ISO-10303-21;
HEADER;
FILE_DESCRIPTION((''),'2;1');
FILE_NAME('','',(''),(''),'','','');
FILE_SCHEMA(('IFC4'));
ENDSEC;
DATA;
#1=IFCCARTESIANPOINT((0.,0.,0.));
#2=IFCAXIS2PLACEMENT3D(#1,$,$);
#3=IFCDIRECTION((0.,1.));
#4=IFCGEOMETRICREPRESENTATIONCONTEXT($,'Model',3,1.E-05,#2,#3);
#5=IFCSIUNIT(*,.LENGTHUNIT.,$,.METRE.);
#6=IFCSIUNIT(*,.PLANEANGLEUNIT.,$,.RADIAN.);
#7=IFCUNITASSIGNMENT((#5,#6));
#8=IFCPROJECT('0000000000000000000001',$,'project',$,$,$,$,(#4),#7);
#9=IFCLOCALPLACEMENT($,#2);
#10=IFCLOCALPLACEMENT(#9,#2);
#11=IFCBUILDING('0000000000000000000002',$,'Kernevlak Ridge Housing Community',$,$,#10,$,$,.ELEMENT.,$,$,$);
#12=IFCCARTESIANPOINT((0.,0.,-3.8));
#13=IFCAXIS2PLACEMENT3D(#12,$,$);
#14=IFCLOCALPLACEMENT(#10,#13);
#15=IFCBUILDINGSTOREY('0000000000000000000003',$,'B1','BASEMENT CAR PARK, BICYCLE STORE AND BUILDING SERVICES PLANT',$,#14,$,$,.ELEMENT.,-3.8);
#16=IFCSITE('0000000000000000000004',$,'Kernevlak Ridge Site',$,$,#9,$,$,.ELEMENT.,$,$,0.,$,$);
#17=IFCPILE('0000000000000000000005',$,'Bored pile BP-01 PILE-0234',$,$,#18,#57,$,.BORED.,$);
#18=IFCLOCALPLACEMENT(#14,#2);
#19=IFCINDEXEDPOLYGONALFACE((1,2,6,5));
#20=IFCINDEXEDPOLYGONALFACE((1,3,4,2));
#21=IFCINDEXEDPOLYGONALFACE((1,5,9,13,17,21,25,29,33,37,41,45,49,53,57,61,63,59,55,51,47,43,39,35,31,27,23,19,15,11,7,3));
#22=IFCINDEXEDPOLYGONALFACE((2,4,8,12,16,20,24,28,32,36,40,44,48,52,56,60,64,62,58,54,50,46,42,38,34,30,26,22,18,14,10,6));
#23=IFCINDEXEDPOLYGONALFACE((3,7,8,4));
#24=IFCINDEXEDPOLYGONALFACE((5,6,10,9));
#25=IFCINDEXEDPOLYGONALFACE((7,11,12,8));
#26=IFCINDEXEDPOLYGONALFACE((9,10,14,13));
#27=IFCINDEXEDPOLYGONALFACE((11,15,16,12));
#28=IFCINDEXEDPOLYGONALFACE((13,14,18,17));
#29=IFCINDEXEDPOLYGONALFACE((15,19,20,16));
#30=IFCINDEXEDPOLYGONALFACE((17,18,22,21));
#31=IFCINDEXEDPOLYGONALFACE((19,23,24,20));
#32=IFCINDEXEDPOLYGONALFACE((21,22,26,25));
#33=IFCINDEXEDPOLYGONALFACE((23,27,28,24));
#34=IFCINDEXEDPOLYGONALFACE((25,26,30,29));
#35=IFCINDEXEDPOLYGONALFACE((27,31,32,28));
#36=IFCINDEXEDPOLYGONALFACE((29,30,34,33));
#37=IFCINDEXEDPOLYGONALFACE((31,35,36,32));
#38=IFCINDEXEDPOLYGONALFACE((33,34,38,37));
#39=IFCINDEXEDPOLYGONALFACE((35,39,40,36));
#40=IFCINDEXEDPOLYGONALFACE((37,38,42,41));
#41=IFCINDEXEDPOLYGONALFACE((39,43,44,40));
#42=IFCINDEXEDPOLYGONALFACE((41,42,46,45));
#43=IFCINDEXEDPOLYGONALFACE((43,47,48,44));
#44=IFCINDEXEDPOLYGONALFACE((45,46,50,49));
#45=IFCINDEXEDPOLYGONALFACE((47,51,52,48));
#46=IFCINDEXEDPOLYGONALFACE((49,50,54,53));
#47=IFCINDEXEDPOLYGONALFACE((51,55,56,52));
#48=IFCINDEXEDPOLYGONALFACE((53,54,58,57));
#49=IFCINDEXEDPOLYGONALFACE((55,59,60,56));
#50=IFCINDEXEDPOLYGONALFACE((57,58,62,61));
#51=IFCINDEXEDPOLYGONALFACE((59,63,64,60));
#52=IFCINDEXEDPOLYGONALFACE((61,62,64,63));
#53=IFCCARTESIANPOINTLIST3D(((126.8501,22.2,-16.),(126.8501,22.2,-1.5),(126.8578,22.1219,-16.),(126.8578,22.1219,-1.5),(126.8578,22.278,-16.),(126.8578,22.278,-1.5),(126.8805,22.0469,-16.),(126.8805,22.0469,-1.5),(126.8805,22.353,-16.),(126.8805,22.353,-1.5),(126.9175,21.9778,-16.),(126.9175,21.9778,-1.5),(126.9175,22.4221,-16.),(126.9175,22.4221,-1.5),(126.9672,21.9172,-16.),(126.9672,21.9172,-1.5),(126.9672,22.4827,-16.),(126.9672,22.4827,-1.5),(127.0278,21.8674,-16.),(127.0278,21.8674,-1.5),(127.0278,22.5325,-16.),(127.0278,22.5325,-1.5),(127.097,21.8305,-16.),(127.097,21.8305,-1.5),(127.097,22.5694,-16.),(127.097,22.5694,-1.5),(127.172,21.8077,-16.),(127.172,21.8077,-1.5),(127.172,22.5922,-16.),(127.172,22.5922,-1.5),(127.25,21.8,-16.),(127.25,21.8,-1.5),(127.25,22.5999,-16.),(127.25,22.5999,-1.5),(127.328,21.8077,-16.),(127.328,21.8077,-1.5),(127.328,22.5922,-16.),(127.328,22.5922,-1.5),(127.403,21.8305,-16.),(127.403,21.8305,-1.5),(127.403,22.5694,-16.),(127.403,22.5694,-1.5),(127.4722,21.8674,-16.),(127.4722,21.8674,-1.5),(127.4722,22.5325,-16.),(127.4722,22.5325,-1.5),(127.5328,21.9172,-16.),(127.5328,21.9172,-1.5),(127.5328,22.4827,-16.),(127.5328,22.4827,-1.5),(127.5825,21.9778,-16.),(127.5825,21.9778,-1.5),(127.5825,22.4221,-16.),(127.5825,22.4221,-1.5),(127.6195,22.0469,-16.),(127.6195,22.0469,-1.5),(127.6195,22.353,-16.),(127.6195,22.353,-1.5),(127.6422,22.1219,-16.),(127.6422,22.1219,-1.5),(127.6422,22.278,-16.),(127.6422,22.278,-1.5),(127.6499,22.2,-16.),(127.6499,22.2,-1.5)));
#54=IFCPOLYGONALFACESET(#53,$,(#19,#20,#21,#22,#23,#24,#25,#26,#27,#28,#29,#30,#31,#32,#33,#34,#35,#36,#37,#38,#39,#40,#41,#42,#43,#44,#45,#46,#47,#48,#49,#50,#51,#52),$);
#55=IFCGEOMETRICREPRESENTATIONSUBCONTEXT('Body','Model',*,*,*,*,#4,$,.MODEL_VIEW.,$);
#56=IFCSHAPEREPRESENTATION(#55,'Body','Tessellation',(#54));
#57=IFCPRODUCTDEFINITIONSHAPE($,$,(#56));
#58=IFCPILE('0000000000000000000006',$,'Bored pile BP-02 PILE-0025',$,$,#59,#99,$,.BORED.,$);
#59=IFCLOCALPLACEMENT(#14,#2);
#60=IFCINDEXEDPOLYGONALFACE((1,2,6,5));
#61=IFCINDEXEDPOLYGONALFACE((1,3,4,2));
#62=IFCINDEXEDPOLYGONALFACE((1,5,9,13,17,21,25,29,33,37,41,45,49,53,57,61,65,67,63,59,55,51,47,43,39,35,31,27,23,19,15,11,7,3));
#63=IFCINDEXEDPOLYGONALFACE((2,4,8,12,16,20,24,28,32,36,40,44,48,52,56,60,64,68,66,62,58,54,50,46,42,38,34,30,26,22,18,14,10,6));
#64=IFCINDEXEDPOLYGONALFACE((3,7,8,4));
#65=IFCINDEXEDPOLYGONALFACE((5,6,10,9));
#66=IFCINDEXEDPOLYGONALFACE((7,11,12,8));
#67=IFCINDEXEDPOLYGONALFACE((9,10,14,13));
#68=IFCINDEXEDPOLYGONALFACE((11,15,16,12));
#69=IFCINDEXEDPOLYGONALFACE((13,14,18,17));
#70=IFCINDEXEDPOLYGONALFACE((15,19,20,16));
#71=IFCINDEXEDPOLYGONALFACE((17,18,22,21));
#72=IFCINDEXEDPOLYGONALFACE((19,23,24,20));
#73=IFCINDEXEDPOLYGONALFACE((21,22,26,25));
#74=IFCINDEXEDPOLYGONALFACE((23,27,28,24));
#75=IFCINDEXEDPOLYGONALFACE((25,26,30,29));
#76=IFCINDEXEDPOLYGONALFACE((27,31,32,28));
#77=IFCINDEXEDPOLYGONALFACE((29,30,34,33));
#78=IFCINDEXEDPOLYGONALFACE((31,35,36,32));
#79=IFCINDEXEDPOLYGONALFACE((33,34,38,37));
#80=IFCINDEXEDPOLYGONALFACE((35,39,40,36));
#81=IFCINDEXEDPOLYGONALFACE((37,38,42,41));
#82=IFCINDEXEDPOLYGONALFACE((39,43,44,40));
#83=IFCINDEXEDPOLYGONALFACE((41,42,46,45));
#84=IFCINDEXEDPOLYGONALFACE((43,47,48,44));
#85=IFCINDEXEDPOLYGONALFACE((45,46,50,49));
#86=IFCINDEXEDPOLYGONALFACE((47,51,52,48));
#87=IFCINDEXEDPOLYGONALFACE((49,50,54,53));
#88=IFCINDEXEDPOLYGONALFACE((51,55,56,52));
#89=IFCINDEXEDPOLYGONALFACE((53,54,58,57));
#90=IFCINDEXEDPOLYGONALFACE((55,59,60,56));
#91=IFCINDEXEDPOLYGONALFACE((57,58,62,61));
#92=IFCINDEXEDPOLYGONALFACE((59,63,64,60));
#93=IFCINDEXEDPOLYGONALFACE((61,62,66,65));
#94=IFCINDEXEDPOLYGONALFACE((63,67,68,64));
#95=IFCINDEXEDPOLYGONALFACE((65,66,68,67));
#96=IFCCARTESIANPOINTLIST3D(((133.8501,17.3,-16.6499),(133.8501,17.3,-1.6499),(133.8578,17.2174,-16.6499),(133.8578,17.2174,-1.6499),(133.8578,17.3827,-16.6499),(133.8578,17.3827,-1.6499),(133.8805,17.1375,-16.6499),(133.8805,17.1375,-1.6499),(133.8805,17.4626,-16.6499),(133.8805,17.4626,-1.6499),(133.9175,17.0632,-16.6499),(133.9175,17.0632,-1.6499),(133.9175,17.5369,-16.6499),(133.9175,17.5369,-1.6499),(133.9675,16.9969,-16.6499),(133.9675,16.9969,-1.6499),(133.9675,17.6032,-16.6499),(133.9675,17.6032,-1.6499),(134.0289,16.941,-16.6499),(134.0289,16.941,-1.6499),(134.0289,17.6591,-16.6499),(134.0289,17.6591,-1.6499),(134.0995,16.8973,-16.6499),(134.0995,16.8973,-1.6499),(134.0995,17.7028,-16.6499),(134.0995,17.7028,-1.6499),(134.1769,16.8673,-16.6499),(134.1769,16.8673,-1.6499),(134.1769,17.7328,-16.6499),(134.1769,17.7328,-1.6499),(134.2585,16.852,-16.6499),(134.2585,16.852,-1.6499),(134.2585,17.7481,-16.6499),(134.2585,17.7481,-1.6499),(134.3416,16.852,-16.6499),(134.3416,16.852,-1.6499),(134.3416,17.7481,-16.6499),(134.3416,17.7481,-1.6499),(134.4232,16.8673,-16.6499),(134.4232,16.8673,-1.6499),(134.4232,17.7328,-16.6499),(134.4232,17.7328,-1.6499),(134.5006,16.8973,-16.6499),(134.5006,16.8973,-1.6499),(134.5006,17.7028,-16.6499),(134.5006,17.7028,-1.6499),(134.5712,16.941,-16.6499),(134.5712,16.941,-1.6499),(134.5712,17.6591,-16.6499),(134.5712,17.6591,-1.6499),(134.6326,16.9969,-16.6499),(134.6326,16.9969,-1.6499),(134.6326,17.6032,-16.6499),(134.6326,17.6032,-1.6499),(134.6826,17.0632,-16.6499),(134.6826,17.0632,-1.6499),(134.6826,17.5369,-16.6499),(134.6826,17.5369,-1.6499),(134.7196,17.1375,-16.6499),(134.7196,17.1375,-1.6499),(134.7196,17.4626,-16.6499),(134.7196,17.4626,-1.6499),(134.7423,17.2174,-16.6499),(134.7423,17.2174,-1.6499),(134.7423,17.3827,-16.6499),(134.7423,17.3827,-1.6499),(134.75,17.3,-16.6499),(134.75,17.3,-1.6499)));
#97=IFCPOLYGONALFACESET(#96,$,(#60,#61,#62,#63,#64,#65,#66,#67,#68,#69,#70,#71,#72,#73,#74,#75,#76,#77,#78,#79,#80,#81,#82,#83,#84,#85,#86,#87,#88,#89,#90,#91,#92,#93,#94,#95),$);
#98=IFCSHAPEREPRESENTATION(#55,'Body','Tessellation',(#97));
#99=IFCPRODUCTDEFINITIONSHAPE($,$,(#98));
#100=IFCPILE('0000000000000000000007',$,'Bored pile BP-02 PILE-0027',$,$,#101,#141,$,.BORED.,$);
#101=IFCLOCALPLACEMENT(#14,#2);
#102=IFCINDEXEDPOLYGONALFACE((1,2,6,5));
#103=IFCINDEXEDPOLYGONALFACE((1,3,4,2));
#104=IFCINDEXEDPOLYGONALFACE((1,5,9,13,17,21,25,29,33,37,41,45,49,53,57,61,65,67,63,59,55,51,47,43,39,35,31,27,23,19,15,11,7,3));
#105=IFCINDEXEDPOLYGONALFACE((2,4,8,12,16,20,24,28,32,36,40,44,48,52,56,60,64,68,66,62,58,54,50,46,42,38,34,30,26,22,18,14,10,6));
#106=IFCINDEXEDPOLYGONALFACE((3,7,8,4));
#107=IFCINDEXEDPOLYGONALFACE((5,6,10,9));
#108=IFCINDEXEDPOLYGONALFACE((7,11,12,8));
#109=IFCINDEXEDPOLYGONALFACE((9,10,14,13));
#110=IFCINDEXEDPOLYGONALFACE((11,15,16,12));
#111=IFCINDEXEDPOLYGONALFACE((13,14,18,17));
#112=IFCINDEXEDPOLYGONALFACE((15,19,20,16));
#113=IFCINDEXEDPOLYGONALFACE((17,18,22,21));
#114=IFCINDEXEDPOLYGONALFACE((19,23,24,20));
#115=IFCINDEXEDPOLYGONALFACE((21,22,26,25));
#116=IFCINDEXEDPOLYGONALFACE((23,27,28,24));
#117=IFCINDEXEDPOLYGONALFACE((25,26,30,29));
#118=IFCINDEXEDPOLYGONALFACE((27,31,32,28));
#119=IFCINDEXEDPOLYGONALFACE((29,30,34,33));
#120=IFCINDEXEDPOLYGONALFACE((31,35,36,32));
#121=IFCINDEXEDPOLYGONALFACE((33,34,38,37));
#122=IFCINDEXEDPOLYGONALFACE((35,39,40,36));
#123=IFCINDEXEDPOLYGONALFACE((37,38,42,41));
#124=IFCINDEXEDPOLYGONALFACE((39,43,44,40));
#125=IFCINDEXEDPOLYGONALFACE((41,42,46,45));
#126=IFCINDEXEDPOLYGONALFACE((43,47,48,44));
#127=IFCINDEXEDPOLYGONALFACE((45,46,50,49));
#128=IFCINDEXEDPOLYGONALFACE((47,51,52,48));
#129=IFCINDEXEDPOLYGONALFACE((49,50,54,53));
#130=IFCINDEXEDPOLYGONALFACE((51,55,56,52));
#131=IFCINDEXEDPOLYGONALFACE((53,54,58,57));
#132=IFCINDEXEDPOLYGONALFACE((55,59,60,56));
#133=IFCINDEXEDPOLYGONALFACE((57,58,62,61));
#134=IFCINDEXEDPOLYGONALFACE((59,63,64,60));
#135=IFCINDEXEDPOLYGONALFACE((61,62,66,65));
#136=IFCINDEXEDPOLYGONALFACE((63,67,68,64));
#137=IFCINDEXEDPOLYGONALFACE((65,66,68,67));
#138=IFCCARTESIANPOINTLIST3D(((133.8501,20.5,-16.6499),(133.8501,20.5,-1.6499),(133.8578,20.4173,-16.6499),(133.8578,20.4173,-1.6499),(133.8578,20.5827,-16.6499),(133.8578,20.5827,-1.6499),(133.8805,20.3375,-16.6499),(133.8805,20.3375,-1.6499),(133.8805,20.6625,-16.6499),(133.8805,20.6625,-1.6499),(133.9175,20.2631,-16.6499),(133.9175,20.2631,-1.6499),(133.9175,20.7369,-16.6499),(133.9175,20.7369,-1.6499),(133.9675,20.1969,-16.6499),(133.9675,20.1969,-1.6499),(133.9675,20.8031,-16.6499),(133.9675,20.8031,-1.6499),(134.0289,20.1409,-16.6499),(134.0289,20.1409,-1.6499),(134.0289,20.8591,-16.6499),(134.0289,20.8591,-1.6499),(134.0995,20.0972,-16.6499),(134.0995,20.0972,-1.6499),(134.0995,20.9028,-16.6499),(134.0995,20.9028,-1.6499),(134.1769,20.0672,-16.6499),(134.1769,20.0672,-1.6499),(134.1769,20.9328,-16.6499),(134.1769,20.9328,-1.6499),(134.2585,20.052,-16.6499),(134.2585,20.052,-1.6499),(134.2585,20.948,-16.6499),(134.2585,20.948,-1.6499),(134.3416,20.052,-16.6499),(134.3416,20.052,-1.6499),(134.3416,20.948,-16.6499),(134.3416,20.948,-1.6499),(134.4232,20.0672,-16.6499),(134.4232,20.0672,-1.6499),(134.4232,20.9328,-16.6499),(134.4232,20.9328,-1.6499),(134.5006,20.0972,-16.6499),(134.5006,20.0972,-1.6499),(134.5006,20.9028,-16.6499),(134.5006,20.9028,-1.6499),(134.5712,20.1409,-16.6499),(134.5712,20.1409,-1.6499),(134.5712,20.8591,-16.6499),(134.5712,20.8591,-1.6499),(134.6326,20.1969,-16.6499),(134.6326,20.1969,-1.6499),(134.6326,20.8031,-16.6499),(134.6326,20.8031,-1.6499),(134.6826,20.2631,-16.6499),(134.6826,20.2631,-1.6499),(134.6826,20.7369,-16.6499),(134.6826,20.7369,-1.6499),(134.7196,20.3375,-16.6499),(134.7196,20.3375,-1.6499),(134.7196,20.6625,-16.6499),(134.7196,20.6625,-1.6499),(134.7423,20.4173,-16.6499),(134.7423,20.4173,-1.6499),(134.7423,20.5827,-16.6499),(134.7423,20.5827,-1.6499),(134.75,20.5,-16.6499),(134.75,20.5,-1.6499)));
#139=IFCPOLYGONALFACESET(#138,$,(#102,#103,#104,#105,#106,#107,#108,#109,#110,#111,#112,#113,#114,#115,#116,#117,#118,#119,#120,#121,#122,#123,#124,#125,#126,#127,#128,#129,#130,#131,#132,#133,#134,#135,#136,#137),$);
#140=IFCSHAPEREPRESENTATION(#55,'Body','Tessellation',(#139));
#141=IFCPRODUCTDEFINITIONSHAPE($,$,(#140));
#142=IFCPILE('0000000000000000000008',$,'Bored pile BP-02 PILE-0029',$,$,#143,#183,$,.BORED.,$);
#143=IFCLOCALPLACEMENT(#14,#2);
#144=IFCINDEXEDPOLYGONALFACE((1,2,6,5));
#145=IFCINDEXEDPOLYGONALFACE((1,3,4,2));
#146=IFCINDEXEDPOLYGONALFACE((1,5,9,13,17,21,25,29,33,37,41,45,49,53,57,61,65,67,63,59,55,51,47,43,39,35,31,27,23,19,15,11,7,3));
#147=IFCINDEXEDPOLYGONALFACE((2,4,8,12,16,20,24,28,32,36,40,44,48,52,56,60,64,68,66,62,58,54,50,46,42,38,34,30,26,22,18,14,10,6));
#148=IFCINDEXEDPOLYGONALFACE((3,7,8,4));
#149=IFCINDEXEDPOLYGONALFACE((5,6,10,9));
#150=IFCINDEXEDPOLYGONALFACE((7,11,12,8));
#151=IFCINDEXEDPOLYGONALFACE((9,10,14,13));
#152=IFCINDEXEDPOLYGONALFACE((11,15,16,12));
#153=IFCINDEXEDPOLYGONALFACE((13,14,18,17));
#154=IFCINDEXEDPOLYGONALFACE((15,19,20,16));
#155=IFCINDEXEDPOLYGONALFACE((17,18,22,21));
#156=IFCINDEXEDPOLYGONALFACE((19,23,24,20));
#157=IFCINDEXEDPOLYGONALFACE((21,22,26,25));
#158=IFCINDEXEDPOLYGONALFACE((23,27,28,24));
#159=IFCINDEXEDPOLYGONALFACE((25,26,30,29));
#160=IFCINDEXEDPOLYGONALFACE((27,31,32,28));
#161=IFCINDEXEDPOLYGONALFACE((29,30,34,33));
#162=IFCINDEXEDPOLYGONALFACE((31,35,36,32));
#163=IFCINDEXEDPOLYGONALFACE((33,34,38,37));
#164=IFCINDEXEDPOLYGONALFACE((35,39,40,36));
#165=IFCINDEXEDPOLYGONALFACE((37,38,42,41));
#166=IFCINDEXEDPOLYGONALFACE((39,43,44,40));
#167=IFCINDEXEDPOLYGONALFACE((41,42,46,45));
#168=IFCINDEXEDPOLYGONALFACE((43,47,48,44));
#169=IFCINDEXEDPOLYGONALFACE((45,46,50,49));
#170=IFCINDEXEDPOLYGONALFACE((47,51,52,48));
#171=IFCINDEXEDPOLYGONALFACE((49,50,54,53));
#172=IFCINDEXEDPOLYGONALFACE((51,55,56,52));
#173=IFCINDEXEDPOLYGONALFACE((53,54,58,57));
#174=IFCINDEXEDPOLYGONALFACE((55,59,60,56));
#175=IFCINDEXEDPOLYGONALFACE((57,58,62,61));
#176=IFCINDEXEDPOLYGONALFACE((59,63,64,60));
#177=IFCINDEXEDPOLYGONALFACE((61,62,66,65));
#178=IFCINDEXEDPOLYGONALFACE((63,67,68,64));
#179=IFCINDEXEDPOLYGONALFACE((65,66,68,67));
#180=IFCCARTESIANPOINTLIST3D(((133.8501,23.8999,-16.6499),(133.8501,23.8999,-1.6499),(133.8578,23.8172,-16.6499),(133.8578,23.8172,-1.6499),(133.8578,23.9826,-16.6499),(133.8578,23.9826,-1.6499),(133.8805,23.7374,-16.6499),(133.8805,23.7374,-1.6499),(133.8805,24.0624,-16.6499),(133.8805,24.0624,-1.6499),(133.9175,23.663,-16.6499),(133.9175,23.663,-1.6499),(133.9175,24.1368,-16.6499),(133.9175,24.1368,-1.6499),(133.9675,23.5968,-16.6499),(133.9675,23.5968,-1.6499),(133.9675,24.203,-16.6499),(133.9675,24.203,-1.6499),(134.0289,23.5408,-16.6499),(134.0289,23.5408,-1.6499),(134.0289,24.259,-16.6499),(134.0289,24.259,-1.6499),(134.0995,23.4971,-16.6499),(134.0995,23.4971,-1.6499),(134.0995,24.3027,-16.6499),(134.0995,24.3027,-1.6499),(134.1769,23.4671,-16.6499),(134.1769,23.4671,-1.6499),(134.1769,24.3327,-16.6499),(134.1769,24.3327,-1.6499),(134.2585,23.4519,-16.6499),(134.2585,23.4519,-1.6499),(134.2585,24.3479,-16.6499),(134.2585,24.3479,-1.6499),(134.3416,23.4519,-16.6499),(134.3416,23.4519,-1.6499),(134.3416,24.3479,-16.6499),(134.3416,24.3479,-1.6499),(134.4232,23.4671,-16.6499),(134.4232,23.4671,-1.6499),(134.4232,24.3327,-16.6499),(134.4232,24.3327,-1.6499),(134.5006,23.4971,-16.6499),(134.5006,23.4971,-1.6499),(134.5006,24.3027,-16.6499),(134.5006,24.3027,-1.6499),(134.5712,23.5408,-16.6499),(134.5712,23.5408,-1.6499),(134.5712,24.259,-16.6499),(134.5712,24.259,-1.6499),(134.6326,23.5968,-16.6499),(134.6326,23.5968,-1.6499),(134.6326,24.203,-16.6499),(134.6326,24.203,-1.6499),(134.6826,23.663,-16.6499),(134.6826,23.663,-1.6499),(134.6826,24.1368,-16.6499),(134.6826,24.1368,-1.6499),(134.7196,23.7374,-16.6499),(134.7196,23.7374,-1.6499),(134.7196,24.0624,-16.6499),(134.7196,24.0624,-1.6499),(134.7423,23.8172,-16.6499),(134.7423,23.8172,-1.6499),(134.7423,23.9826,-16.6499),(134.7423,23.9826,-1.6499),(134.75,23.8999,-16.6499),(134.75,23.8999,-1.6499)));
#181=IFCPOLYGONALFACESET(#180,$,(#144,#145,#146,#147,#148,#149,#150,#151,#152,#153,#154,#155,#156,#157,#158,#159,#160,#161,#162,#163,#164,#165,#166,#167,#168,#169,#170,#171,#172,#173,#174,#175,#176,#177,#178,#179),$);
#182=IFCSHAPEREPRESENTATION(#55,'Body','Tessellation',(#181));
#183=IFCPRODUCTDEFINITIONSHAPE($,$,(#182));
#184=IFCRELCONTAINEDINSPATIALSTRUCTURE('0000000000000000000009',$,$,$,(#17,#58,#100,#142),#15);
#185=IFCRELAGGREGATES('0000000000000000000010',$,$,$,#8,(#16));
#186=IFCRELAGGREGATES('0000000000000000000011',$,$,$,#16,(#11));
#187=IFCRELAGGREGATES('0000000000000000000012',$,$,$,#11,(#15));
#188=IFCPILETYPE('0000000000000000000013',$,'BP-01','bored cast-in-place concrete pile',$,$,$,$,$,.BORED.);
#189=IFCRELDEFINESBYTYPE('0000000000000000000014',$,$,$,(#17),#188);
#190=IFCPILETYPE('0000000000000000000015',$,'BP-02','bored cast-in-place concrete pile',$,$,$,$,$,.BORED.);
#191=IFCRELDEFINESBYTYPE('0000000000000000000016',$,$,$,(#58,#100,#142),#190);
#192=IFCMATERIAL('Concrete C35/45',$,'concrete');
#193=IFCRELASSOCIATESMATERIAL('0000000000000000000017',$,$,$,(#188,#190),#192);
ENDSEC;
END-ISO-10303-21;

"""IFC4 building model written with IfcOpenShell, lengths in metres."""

from ifc_helpers import new_model, si_unit, direction, frame, origin, origin_2d, place, context, subcontext, project, spatial, circle, extrude, material, material_profile, profile_set, type_object, element, save


model = new_model("IFC4")

# Units and contexts
model_context = context("Model", 3, precision=1e-05, world=origin(), true_north=direction((0.0, 1.0)))
body_context = subcontext(model_context, "Body", "Model", "MODEL_VIEW")
ifc_project = project(units=[si_unit("LENGTHUNIT", "METRE"), si_unit("PLANEANGLEUNIT", "RADIAN")], contexts=[model_context])

# Site, building, storey
site_placement = place(None, origin())
site = spatial("IfcSite", under=ifc_project, at=site_placement, Name="Kernevlak Ridge Site", CompositionType="ELEMENT", RefElevation=0.0)
building_placement = place(site_placement, origin())
building = spatial("IfcBuilding", under=site, at=building_placement, Name="Kernevlak Ridge Housing Community", CompositionType="ELEMENT")
storey_placement = place(building_placement, frame((0.0, 0.0, -3.8)))
storey = spatial("IfcBuildingStorey", under=building, at=storey_placement, Name="B1", Description="BASEMENT CAR PARK, BICYCLE STORE AND BUILDING SERVICES PLANT", CompositionType="ELEMENT", Elevation=-3.8)

# Piles
ifc_material_1 = material(Name="Concrete C35/45", Category="concrete")
ifc_material_profile_1 = material_profile(ifc_material_1, circle(Radius=0.3999, at=origin_2d()), Name="BORED PILE 800")
ifc_profile_set_1 = profile_set([ifc_material_profile_1], Name="Concrete C35/45")
pile_type_1 = type_object("IfcPileType", Name="BP-01", Description="bored cast-in-place concrete pile", PredefinedType="BORED", material=ifc_profile_set_1)
pile_placement = place(storey_placement, frame((127.25, 22.2, -1.5), z_axis=(0.0, 0.0, -1.0), x_axis=(1.0, 0.0, 0.0)))
element("IfcPile", 1, at=pile_placement, inside=storey, type_object=pile_type_1, Name="Bored pile BP-01 PILE-0234", PredefinedType="BORED", context=body_context, shape_type="SweptSolid", body=[
    extrude(circle(Radius=0.3999, at=origin_2d()), origin(), (0.0, 0.0, 1.0), 14.5),
])
ifc_material_profile_2 = material_profile(ifc_material_1, circle(Radius=0.45, at=origin_2d()), Name="BORED PILE 900")
ifc_profile_set_2 = profile_set([ifc_material_profile_2], Name="Concrete C35/45")
pile_type_2 = type_object("IfcPileType", Name="BP-02", Description="bored cast-in-place concrete pile", PredefinedType="BORED", material=ifc_profile_set_2)
for number, where, z_axis, x_axis, name in (
    (2, (134.3, 17.3, -1.6499), (0.0, 0.0, -1.0), (1.0, 0.0, 0.0), "Bored pile BP-02 PILE-0025"),
    (3, (134.3, 20.5, -1.6499), (0.0, 0.0, -1.0), (1.0, 0.0, 0.0), "Bored pile BP-02 PILE-0027"),
    (4, (134.3, 23.8999, -1.6499), (0.0, 0.0, -1.0), (1.0, 0.0, 0.0), "Bored pile BP-02 PILE-0029"),
):
    element("IfcPile", number, at=place(storey_placement, frame(where, z_axis=z_axis, x_axis=x_axis)), inside=storey, type_object=pile_type_2, Name=name, PredefinedType="BORED", context=body_context, shape_type="SweptSolid", body=[
        extrude(circle(Radius=0.45, at=origin_2d()), origin(), (0.0, 0.0, 1.0), 15.0),
    ])

save(model, "model.ifc")
